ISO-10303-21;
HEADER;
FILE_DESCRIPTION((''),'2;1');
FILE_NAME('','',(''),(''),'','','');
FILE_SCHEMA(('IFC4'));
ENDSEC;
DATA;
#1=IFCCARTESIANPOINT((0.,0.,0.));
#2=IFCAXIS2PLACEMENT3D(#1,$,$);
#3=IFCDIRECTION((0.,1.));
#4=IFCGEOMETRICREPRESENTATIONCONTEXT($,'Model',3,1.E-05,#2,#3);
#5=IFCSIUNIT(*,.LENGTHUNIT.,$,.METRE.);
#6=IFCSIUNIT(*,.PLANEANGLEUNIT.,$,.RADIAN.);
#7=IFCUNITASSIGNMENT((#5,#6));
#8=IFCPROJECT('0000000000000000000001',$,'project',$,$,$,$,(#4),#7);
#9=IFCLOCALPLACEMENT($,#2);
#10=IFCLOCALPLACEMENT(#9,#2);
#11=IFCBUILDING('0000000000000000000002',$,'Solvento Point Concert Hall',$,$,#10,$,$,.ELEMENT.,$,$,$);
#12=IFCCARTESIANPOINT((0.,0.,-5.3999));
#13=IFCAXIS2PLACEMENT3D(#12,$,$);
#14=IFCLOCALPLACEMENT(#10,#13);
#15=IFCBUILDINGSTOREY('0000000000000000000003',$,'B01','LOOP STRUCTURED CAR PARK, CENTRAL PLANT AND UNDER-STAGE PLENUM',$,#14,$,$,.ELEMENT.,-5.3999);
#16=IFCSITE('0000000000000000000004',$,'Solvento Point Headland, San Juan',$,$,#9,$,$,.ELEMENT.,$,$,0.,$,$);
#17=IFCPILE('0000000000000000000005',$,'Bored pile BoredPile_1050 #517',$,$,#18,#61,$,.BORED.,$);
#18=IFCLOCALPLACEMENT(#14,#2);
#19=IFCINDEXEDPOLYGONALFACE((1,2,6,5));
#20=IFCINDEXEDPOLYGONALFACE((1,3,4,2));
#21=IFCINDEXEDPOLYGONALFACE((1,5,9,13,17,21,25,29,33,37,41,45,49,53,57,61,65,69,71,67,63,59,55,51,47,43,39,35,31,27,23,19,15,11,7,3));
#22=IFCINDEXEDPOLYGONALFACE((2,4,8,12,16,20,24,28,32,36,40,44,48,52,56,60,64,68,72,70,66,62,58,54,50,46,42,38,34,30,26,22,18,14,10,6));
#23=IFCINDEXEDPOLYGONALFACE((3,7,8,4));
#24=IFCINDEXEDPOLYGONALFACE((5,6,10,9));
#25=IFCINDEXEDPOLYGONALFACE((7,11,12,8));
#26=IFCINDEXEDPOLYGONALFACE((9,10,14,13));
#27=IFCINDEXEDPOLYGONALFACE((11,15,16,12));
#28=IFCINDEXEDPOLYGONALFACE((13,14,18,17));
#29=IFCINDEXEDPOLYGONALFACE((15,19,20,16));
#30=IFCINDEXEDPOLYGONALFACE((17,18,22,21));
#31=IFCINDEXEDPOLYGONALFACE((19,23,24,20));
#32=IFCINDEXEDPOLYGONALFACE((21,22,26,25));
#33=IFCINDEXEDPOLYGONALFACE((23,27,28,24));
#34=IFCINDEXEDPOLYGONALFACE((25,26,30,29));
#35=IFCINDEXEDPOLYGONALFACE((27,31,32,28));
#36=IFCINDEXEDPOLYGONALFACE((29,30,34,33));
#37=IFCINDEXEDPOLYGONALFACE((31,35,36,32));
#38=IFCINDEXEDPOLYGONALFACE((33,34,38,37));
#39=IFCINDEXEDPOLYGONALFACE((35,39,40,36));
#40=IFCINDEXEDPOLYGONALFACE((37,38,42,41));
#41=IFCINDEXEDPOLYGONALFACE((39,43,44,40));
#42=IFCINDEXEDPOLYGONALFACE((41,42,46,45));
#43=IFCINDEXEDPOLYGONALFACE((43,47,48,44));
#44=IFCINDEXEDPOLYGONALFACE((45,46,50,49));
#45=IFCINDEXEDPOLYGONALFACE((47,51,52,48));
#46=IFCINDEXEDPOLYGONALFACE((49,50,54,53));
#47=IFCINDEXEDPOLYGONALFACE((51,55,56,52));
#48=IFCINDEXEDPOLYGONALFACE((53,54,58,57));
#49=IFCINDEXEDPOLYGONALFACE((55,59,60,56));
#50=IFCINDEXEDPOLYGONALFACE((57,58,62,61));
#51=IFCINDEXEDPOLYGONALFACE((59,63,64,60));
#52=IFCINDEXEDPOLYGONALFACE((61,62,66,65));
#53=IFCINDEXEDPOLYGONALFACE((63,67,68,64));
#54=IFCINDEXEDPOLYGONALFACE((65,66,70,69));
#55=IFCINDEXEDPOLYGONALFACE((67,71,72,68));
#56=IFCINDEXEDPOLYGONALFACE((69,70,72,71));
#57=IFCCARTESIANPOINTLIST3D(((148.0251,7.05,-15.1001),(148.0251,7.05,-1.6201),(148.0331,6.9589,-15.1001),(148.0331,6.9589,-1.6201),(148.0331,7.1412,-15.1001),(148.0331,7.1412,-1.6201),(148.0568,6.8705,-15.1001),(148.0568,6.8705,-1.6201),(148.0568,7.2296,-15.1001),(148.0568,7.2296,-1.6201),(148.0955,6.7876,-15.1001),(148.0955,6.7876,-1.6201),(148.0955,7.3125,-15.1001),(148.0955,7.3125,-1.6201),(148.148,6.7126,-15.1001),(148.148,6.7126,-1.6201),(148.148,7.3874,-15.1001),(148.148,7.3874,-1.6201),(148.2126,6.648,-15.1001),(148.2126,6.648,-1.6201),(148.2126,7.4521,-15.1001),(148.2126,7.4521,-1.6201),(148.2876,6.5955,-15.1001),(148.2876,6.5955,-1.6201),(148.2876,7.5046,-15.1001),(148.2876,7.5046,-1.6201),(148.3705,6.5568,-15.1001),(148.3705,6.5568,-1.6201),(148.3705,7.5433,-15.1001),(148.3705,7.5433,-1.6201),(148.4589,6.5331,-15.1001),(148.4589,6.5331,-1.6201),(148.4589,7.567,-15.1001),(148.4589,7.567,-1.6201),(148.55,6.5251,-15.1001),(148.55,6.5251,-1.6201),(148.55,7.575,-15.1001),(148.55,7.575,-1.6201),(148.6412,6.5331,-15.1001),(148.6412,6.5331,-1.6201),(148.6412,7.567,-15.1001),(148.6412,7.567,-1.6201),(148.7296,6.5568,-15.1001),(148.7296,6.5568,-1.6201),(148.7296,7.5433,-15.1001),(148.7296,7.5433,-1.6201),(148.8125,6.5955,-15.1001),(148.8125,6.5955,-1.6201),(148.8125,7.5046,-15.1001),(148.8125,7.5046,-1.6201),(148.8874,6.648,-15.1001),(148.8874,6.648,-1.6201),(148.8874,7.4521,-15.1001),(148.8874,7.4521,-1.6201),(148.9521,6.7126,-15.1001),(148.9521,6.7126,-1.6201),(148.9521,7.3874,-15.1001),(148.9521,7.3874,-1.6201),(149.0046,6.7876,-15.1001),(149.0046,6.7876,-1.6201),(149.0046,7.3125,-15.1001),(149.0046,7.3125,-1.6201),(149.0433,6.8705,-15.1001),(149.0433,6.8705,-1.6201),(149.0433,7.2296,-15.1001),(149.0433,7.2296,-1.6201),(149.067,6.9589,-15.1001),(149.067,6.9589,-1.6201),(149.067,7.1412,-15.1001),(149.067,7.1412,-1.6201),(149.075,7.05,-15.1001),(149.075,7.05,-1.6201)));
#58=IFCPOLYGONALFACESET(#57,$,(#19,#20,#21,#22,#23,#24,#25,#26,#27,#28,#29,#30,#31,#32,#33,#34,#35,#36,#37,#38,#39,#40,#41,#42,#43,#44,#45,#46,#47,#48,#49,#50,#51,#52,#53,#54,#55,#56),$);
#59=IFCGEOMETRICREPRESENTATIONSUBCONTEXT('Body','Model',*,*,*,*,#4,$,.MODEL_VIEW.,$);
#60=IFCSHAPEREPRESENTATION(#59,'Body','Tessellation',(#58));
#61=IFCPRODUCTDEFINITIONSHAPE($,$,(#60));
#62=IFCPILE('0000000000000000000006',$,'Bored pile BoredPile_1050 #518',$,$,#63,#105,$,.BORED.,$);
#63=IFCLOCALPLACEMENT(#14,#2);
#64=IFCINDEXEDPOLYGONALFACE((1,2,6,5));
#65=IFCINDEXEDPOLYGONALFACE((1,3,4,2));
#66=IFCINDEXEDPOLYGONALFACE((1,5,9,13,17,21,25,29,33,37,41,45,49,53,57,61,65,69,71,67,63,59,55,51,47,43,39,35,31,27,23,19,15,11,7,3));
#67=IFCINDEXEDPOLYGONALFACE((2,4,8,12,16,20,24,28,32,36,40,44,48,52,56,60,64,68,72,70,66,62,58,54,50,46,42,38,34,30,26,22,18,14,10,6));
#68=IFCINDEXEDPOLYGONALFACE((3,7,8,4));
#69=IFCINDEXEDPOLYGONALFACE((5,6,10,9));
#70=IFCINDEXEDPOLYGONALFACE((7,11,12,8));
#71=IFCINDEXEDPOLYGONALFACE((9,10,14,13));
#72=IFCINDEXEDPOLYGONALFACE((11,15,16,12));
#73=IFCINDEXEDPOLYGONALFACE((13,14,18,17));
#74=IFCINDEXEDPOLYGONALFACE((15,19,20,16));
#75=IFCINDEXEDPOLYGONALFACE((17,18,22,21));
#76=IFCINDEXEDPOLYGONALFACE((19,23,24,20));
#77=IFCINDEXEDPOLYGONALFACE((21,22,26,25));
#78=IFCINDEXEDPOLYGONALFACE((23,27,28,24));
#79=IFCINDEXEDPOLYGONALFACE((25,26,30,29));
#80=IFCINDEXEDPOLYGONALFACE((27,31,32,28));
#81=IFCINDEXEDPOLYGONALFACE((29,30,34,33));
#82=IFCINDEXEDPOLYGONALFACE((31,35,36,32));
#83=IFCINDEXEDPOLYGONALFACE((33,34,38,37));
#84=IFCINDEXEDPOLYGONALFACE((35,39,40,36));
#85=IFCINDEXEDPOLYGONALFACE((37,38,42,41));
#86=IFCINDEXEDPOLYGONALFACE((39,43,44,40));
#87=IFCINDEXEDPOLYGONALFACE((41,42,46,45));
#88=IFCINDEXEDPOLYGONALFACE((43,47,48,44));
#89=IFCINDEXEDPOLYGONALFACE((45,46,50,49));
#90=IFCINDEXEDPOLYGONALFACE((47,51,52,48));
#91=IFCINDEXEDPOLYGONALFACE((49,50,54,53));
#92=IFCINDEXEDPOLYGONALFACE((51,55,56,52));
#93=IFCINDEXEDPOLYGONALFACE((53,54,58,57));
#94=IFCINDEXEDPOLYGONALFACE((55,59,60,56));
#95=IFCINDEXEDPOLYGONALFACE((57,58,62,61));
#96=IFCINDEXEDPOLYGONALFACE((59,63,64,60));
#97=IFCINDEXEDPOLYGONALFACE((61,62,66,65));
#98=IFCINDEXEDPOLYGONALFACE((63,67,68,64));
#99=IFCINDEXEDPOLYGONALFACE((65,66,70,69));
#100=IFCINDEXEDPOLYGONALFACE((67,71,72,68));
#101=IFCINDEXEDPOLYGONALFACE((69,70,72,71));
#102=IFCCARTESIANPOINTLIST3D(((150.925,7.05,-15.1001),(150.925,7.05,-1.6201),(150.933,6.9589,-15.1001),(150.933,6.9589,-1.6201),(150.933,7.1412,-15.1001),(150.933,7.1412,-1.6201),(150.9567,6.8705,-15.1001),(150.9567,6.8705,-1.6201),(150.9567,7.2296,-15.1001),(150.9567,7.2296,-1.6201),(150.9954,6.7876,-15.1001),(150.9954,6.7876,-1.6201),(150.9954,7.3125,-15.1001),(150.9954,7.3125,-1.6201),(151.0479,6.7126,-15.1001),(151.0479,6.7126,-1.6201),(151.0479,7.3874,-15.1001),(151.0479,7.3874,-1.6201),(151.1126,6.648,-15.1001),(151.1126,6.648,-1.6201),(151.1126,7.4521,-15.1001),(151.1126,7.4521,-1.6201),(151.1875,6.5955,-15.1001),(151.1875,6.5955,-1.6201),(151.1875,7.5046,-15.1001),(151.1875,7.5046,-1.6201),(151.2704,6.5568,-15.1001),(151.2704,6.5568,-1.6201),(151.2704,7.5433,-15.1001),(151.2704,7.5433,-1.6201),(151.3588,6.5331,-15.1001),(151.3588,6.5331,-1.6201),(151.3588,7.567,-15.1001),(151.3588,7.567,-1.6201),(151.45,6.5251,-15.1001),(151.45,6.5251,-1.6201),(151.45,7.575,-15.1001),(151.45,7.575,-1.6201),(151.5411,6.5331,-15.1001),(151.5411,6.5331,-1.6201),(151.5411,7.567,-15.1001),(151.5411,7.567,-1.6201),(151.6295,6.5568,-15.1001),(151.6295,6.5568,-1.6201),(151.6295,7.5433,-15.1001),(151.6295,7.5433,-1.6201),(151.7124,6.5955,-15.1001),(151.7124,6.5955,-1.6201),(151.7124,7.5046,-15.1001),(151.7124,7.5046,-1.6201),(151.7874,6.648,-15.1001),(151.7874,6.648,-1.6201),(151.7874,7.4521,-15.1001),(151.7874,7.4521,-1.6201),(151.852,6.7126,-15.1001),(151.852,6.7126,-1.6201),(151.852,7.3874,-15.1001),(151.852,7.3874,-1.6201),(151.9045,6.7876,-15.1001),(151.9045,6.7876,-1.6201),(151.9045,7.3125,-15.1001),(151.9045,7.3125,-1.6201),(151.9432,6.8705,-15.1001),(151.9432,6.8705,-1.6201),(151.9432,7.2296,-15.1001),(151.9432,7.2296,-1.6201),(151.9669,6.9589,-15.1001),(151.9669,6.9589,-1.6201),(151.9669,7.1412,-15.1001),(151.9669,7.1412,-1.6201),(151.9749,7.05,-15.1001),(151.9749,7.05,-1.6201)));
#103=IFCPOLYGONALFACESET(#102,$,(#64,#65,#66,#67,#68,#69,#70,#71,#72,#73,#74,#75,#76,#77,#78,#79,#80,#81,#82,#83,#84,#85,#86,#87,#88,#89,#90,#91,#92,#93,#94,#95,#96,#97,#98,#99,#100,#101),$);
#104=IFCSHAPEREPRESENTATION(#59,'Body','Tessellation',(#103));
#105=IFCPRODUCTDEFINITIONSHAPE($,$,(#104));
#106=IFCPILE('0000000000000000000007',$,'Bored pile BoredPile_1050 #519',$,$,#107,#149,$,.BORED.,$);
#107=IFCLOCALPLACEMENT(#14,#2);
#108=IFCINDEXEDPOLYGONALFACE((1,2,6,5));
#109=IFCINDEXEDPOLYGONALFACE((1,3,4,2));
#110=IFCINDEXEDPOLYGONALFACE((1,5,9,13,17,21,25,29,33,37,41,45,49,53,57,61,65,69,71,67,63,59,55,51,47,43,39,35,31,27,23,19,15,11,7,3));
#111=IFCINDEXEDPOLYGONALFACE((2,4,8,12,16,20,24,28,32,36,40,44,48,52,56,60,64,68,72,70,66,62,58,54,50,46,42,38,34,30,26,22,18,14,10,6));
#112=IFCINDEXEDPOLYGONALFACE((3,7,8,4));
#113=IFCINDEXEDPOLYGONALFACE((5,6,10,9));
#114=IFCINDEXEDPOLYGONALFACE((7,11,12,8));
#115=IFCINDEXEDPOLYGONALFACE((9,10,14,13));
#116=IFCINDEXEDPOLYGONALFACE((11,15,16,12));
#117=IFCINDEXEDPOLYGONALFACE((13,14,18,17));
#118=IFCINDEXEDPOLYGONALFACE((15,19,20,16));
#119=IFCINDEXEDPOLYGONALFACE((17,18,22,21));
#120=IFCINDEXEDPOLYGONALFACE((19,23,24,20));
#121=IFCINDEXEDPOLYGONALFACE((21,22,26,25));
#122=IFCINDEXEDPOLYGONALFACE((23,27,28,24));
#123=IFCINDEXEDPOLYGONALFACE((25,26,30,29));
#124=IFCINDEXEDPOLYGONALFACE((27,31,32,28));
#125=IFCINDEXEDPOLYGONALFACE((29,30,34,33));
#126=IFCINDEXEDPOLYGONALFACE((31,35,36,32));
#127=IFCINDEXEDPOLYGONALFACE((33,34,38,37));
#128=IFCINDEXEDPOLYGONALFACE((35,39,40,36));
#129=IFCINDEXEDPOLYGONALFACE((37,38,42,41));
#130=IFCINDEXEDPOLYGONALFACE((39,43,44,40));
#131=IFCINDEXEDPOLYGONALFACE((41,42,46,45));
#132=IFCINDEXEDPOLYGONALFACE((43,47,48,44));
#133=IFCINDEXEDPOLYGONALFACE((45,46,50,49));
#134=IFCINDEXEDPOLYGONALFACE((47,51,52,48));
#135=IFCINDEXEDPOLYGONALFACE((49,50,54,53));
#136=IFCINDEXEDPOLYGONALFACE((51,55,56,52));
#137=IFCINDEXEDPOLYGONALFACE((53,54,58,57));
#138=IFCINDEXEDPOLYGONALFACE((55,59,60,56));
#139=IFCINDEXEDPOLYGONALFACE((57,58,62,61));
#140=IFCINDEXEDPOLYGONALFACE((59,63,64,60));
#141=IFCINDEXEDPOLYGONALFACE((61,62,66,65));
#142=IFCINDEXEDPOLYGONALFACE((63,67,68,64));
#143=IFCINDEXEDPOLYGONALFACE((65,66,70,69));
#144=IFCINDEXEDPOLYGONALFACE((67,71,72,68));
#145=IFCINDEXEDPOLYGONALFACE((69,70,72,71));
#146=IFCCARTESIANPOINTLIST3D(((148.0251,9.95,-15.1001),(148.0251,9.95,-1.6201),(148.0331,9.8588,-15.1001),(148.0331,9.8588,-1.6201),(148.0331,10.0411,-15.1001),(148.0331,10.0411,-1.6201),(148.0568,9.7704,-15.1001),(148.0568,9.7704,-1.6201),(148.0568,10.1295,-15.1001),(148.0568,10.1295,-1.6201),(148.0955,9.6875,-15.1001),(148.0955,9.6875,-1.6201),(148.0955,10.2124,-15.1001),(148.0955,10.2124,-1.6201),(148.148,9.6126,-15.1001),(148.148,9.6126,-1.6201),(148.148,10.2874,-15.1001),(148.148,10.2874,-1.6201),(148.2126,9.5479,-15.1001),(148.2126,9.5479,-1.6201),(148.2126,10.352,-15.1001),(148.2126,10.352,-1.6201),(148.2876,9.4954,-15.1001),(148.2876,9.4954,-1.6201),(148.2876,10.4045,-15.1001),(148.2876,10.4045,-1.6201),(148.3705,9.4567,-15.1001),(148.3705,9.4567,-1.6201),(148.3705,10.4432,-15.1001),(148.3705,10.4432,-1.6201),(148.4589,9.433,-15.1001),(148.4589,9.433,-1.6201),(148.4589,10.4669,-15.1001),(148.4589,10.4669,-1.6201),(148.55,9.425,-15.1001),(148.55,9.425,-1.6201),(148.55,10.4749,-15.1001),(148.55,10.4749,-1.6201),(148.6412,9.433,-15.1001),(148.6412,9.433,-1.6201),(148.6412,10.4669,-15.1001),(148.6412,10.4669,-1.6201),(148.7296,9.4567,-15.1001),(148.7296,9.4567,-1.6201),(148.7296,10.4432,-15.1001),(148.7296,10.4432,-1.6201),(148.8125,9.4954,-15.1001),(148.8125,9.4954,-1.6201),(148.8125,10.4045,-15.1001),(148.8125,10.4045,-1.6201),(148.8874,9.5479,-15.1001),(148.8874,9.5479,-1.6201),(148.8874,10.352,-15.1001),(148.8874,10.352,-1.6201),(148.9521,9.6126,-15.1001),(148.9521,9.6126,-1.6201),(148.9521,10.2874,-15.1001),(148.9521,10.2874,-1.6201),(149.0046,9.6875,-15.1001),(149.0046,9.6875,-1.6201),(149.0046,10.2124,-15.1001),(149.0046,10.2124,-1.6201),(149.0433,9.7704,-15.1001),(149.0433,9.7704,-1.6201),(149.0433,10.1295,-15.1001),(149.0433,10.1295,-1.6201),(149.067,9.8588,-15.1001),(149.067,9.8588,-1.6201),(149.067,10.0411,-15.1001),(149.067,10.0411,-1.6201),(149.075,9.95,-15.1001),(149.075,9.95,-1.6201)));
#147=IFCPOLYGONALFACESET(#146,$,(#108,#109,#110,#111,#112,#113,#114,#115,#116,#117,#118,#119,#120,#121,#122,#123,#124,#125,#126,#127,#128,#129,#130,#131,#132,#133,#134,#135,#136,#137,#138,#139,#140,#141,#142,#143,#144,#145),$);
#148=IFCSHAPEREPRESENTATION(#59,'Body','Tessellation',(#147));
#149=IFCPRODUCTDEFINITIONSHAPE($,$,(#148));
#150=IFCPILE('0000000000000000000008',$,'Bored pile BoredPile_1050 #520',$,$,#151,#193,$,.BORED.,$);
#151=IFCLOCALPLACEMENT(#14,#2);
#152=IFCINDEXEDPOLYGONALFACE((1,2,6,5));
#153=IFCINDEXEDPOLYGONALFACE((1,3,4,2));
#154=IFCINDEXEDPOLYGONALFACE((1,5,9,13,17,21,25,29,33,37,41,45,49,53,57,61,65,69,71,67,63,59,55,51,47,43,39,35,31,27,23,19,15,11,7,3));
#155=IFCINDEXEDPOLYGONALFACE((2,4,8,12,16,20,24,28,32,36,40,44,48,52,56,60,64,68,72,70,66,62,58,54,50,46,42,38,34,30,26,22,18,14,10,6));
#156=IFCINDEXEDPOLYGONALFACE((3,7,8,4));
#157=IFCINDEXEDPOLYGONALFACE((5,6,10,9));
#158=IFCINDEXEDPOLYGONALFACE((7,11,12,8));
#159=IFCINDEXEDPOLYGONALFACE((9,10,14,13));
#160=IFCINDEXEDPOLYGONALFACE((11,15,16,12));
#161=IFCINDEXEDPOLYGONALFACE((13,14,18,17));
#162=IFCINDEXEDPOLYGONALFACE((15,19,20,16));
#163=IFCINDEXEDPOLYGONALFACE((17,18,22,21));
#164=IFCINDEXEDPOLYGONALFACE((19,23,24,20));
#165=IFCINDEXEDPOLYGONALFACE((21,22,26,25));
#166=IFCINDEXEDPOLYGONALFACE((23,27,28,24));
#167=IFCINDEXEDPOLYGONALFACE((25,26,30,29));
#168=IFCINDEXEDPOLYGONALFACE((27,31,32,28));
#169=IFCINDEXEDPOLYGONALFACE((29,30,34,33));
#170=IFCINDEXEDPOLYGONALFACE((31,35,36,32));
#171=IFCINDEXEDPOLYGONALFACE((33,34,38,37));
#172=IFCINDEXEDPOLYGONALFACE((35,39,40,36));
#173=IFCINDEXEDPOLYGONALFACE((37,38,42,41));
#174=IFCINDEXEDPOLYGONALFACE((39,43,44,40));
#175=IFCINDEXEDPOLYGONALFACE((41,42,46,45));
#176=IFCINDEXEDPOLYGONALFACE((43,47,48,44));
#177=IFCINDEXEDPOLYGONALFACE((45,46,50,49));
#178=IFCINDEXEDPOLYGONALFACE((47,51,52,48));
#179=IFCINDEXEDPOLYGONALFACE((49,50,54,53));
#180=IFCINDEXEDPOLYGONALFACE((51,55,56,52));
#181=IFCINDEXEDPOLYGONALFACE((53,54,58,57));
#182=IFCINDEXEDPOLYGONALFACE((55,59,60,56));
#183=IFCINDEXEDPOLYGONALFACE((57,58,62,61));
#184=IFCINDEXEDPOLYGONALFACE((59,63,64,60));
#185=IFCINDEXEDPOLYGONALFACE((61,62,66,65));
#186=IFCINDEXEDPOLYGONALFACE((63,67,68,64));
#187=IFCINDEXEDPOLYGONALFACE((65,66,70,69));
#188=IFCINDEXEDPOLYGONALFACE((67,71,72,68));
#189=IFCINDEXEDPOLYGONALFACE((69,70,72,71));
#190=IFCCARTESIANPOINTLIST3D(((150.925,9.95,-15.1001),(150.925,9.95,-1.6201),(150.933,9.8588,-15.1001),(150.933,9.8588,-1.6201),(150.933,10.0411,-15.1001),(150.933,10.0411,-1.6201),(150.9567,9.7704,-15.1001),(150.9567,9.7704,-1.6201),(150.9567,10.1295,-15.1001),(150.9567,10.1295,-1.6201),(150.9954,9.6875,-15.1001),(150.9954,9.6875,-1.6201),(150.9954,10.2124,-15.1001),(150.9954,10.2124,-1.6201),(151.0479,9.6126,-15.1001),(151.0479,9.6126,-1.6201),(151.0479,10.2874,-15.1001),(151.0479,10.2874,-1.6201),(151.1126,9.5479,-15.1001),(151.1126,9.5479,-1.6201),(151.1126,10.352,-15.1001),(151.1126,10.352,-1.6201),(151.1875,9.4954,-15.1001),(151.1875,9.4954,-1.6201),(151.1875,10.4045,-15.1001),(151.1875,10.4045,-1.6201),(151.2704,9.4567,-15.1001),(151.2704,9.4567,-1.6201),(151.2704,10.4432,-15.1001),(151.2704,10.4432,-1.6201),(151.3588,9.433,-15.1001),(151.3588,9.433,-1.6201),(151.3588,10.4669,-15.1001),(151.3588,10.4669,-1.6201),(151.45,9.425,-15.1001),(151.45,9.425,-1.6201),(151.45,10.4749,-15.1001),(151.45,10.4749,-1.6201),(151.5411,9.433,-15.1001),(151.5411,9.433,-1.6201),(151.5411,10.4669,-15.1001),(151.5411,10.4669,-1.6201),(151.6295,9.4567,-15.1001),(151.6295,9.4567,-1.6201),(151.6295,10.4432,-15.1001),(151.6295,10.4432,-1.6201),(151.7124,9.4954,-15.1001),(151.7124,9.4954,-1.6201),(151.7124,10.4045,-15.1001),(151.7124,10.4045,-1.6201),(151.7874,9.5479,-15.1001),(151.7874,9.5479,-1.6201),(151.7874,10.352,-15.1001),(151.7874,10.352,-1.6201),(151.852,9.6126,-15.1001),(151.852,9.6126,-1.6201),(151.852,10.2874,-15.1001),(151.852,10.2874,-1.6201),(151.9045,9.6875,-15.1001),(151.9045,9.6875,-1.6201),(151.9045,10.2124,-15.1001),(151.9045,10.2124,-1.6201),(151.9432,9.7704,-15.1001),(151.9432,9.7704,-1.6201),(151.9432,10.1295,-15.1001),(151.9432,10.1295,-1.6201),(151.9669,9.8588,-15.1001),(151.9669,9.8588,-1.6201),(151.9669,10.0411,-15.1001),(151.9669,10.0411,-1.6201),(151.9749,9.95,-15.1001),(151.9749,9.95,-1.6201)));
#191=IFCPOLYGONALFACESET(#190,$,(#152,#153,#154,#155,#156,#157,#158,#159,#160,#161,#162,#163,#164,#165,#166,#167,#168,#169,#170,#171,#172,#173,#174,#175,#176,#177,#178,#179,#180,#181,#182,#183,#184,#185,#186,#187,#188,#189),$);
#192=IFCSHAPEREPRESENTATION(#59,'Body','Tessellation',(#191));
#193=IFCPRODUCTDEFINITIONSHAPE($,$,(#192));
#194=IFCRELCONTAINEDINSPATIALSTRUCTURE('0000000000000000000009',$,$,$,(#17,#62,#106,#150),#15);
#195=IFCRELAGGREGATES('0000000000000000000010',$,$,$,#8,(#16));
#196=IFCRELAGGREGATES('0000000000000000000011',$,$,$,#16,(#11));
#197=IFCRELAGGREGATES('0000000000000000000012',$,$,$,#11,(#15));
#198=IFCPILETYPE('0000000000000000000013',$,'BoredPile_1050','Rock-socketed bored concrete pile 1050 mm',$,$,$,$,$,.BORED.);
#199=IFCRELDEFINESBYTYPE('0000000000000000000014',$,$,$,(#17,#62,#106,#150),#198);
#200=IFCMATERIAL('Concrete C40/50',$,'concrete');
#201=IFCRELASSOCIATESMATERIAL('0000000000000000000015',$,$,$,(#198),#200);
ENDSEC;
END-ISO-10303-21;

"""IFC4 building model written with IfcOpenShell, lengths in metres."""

from ifc_helpers import new_model, si_unit, direction, frame, origin, origin_2d, place, context, subcontext, project, spatial, circle, extrude, material, material_profile, profile_set, type_object, element, save


model = new_model("IFC4")

# Units and contexts
model_context = context("Model", 3, precision=1e-05, world=origin(), true_north=direction((0.0, 1.0)))
body_context = subcontext(model_context, "Body", "Model", "MODEL_VIEW")
ifc_project = project(units=[si_unit("LENGTHUNIT", "METRE"), si_unit("PLANEANGLEUNIT", "RADIAN")], contexts=[model_context])

# Site, building, storey
site_placement = place(None, origin())
site = spatial("IfcSite", under=ifc_project, at=site_placement, Name="Solvento Point Headland, San Juan", CompositionType="ELEMENT", RefElevation=0.0)
building_placement = place(site_placement, origin())
building = spatial("IfcBuilding", under=site, at=building_placement, Name="Solvento Point Concert Hall", CompositionType="ELEMENT")
storey_placement = place(building_placement, frame((0.0, 0.0, -5.3999)))
storey = spatial("IfcBuildingStorey", under=building, at=storey_placement, Name="B01", Description="LOOP STRUCTURED CAR PARK, CENTRAL PLANT AND UNDER-STAGE PLENUM", CompositionType="ELEMENT", Elevation=-5.3999)

# Piles
ifc_material_1 = material(Name="Concrete C40/50", Category="concrete")
ifc_material_profile_1 = material_profile(ifc_material_1, circle(Radius=0.5249, at=origin_2d()), Name="BP-1050")
ifc_profile_set_1 = profile_set([ifc_material_profile_1], Name="Concrete C40/50")
pile_type_1 = type_object("IfcPileType", Name="BoredPile_1050", Description="Rock-socketed bored concrete pile 1050 mm", PredefinedType="BORED", material=ifc_profile_set_1)
for number, where, z_axis, x_axis, name in (
    (1, (148.55, 7.05, -1.6201), (0.0, 0.0, -1.0), (1.0, 0.0, 0.0), "Bored pile BoredPile_1050 #517"),
    (2, (151.45, 7.05, -1.6201), (0.0, 0.0, -1.0), (1.0, 0.0, 0.0), "Bored pile BoredPile_1050 #518"),
    (3, (148.55, 9.95, -1.6201), (0.0, 0.0, -1.0), (1.0, 0.0, 0.0), "Bored pile BoredPile_1050 #519"),
    (4, (151.45, 9.95, -1.6201), (0.0, 0.0, -1.0), (1.0, 0.0, 0.0), "Bored pile BoredPile_1050 #520"),
):
    element("IfcPile", number, at=place(storey_placement, frame(where, z_axis=z_axis, x_axis=x_axis)), inside=storey, type_object=pile_type_1, Name=name, PredefinedType="BORED", context=body_context, shape_type="SweptSolid", body=[
        extrude(circle(Radius=0.5249, at=origin_2d()), origin(), (0.0, 0.0, 1.0), 13.48),
    ])

save(model, "model.ifc")
